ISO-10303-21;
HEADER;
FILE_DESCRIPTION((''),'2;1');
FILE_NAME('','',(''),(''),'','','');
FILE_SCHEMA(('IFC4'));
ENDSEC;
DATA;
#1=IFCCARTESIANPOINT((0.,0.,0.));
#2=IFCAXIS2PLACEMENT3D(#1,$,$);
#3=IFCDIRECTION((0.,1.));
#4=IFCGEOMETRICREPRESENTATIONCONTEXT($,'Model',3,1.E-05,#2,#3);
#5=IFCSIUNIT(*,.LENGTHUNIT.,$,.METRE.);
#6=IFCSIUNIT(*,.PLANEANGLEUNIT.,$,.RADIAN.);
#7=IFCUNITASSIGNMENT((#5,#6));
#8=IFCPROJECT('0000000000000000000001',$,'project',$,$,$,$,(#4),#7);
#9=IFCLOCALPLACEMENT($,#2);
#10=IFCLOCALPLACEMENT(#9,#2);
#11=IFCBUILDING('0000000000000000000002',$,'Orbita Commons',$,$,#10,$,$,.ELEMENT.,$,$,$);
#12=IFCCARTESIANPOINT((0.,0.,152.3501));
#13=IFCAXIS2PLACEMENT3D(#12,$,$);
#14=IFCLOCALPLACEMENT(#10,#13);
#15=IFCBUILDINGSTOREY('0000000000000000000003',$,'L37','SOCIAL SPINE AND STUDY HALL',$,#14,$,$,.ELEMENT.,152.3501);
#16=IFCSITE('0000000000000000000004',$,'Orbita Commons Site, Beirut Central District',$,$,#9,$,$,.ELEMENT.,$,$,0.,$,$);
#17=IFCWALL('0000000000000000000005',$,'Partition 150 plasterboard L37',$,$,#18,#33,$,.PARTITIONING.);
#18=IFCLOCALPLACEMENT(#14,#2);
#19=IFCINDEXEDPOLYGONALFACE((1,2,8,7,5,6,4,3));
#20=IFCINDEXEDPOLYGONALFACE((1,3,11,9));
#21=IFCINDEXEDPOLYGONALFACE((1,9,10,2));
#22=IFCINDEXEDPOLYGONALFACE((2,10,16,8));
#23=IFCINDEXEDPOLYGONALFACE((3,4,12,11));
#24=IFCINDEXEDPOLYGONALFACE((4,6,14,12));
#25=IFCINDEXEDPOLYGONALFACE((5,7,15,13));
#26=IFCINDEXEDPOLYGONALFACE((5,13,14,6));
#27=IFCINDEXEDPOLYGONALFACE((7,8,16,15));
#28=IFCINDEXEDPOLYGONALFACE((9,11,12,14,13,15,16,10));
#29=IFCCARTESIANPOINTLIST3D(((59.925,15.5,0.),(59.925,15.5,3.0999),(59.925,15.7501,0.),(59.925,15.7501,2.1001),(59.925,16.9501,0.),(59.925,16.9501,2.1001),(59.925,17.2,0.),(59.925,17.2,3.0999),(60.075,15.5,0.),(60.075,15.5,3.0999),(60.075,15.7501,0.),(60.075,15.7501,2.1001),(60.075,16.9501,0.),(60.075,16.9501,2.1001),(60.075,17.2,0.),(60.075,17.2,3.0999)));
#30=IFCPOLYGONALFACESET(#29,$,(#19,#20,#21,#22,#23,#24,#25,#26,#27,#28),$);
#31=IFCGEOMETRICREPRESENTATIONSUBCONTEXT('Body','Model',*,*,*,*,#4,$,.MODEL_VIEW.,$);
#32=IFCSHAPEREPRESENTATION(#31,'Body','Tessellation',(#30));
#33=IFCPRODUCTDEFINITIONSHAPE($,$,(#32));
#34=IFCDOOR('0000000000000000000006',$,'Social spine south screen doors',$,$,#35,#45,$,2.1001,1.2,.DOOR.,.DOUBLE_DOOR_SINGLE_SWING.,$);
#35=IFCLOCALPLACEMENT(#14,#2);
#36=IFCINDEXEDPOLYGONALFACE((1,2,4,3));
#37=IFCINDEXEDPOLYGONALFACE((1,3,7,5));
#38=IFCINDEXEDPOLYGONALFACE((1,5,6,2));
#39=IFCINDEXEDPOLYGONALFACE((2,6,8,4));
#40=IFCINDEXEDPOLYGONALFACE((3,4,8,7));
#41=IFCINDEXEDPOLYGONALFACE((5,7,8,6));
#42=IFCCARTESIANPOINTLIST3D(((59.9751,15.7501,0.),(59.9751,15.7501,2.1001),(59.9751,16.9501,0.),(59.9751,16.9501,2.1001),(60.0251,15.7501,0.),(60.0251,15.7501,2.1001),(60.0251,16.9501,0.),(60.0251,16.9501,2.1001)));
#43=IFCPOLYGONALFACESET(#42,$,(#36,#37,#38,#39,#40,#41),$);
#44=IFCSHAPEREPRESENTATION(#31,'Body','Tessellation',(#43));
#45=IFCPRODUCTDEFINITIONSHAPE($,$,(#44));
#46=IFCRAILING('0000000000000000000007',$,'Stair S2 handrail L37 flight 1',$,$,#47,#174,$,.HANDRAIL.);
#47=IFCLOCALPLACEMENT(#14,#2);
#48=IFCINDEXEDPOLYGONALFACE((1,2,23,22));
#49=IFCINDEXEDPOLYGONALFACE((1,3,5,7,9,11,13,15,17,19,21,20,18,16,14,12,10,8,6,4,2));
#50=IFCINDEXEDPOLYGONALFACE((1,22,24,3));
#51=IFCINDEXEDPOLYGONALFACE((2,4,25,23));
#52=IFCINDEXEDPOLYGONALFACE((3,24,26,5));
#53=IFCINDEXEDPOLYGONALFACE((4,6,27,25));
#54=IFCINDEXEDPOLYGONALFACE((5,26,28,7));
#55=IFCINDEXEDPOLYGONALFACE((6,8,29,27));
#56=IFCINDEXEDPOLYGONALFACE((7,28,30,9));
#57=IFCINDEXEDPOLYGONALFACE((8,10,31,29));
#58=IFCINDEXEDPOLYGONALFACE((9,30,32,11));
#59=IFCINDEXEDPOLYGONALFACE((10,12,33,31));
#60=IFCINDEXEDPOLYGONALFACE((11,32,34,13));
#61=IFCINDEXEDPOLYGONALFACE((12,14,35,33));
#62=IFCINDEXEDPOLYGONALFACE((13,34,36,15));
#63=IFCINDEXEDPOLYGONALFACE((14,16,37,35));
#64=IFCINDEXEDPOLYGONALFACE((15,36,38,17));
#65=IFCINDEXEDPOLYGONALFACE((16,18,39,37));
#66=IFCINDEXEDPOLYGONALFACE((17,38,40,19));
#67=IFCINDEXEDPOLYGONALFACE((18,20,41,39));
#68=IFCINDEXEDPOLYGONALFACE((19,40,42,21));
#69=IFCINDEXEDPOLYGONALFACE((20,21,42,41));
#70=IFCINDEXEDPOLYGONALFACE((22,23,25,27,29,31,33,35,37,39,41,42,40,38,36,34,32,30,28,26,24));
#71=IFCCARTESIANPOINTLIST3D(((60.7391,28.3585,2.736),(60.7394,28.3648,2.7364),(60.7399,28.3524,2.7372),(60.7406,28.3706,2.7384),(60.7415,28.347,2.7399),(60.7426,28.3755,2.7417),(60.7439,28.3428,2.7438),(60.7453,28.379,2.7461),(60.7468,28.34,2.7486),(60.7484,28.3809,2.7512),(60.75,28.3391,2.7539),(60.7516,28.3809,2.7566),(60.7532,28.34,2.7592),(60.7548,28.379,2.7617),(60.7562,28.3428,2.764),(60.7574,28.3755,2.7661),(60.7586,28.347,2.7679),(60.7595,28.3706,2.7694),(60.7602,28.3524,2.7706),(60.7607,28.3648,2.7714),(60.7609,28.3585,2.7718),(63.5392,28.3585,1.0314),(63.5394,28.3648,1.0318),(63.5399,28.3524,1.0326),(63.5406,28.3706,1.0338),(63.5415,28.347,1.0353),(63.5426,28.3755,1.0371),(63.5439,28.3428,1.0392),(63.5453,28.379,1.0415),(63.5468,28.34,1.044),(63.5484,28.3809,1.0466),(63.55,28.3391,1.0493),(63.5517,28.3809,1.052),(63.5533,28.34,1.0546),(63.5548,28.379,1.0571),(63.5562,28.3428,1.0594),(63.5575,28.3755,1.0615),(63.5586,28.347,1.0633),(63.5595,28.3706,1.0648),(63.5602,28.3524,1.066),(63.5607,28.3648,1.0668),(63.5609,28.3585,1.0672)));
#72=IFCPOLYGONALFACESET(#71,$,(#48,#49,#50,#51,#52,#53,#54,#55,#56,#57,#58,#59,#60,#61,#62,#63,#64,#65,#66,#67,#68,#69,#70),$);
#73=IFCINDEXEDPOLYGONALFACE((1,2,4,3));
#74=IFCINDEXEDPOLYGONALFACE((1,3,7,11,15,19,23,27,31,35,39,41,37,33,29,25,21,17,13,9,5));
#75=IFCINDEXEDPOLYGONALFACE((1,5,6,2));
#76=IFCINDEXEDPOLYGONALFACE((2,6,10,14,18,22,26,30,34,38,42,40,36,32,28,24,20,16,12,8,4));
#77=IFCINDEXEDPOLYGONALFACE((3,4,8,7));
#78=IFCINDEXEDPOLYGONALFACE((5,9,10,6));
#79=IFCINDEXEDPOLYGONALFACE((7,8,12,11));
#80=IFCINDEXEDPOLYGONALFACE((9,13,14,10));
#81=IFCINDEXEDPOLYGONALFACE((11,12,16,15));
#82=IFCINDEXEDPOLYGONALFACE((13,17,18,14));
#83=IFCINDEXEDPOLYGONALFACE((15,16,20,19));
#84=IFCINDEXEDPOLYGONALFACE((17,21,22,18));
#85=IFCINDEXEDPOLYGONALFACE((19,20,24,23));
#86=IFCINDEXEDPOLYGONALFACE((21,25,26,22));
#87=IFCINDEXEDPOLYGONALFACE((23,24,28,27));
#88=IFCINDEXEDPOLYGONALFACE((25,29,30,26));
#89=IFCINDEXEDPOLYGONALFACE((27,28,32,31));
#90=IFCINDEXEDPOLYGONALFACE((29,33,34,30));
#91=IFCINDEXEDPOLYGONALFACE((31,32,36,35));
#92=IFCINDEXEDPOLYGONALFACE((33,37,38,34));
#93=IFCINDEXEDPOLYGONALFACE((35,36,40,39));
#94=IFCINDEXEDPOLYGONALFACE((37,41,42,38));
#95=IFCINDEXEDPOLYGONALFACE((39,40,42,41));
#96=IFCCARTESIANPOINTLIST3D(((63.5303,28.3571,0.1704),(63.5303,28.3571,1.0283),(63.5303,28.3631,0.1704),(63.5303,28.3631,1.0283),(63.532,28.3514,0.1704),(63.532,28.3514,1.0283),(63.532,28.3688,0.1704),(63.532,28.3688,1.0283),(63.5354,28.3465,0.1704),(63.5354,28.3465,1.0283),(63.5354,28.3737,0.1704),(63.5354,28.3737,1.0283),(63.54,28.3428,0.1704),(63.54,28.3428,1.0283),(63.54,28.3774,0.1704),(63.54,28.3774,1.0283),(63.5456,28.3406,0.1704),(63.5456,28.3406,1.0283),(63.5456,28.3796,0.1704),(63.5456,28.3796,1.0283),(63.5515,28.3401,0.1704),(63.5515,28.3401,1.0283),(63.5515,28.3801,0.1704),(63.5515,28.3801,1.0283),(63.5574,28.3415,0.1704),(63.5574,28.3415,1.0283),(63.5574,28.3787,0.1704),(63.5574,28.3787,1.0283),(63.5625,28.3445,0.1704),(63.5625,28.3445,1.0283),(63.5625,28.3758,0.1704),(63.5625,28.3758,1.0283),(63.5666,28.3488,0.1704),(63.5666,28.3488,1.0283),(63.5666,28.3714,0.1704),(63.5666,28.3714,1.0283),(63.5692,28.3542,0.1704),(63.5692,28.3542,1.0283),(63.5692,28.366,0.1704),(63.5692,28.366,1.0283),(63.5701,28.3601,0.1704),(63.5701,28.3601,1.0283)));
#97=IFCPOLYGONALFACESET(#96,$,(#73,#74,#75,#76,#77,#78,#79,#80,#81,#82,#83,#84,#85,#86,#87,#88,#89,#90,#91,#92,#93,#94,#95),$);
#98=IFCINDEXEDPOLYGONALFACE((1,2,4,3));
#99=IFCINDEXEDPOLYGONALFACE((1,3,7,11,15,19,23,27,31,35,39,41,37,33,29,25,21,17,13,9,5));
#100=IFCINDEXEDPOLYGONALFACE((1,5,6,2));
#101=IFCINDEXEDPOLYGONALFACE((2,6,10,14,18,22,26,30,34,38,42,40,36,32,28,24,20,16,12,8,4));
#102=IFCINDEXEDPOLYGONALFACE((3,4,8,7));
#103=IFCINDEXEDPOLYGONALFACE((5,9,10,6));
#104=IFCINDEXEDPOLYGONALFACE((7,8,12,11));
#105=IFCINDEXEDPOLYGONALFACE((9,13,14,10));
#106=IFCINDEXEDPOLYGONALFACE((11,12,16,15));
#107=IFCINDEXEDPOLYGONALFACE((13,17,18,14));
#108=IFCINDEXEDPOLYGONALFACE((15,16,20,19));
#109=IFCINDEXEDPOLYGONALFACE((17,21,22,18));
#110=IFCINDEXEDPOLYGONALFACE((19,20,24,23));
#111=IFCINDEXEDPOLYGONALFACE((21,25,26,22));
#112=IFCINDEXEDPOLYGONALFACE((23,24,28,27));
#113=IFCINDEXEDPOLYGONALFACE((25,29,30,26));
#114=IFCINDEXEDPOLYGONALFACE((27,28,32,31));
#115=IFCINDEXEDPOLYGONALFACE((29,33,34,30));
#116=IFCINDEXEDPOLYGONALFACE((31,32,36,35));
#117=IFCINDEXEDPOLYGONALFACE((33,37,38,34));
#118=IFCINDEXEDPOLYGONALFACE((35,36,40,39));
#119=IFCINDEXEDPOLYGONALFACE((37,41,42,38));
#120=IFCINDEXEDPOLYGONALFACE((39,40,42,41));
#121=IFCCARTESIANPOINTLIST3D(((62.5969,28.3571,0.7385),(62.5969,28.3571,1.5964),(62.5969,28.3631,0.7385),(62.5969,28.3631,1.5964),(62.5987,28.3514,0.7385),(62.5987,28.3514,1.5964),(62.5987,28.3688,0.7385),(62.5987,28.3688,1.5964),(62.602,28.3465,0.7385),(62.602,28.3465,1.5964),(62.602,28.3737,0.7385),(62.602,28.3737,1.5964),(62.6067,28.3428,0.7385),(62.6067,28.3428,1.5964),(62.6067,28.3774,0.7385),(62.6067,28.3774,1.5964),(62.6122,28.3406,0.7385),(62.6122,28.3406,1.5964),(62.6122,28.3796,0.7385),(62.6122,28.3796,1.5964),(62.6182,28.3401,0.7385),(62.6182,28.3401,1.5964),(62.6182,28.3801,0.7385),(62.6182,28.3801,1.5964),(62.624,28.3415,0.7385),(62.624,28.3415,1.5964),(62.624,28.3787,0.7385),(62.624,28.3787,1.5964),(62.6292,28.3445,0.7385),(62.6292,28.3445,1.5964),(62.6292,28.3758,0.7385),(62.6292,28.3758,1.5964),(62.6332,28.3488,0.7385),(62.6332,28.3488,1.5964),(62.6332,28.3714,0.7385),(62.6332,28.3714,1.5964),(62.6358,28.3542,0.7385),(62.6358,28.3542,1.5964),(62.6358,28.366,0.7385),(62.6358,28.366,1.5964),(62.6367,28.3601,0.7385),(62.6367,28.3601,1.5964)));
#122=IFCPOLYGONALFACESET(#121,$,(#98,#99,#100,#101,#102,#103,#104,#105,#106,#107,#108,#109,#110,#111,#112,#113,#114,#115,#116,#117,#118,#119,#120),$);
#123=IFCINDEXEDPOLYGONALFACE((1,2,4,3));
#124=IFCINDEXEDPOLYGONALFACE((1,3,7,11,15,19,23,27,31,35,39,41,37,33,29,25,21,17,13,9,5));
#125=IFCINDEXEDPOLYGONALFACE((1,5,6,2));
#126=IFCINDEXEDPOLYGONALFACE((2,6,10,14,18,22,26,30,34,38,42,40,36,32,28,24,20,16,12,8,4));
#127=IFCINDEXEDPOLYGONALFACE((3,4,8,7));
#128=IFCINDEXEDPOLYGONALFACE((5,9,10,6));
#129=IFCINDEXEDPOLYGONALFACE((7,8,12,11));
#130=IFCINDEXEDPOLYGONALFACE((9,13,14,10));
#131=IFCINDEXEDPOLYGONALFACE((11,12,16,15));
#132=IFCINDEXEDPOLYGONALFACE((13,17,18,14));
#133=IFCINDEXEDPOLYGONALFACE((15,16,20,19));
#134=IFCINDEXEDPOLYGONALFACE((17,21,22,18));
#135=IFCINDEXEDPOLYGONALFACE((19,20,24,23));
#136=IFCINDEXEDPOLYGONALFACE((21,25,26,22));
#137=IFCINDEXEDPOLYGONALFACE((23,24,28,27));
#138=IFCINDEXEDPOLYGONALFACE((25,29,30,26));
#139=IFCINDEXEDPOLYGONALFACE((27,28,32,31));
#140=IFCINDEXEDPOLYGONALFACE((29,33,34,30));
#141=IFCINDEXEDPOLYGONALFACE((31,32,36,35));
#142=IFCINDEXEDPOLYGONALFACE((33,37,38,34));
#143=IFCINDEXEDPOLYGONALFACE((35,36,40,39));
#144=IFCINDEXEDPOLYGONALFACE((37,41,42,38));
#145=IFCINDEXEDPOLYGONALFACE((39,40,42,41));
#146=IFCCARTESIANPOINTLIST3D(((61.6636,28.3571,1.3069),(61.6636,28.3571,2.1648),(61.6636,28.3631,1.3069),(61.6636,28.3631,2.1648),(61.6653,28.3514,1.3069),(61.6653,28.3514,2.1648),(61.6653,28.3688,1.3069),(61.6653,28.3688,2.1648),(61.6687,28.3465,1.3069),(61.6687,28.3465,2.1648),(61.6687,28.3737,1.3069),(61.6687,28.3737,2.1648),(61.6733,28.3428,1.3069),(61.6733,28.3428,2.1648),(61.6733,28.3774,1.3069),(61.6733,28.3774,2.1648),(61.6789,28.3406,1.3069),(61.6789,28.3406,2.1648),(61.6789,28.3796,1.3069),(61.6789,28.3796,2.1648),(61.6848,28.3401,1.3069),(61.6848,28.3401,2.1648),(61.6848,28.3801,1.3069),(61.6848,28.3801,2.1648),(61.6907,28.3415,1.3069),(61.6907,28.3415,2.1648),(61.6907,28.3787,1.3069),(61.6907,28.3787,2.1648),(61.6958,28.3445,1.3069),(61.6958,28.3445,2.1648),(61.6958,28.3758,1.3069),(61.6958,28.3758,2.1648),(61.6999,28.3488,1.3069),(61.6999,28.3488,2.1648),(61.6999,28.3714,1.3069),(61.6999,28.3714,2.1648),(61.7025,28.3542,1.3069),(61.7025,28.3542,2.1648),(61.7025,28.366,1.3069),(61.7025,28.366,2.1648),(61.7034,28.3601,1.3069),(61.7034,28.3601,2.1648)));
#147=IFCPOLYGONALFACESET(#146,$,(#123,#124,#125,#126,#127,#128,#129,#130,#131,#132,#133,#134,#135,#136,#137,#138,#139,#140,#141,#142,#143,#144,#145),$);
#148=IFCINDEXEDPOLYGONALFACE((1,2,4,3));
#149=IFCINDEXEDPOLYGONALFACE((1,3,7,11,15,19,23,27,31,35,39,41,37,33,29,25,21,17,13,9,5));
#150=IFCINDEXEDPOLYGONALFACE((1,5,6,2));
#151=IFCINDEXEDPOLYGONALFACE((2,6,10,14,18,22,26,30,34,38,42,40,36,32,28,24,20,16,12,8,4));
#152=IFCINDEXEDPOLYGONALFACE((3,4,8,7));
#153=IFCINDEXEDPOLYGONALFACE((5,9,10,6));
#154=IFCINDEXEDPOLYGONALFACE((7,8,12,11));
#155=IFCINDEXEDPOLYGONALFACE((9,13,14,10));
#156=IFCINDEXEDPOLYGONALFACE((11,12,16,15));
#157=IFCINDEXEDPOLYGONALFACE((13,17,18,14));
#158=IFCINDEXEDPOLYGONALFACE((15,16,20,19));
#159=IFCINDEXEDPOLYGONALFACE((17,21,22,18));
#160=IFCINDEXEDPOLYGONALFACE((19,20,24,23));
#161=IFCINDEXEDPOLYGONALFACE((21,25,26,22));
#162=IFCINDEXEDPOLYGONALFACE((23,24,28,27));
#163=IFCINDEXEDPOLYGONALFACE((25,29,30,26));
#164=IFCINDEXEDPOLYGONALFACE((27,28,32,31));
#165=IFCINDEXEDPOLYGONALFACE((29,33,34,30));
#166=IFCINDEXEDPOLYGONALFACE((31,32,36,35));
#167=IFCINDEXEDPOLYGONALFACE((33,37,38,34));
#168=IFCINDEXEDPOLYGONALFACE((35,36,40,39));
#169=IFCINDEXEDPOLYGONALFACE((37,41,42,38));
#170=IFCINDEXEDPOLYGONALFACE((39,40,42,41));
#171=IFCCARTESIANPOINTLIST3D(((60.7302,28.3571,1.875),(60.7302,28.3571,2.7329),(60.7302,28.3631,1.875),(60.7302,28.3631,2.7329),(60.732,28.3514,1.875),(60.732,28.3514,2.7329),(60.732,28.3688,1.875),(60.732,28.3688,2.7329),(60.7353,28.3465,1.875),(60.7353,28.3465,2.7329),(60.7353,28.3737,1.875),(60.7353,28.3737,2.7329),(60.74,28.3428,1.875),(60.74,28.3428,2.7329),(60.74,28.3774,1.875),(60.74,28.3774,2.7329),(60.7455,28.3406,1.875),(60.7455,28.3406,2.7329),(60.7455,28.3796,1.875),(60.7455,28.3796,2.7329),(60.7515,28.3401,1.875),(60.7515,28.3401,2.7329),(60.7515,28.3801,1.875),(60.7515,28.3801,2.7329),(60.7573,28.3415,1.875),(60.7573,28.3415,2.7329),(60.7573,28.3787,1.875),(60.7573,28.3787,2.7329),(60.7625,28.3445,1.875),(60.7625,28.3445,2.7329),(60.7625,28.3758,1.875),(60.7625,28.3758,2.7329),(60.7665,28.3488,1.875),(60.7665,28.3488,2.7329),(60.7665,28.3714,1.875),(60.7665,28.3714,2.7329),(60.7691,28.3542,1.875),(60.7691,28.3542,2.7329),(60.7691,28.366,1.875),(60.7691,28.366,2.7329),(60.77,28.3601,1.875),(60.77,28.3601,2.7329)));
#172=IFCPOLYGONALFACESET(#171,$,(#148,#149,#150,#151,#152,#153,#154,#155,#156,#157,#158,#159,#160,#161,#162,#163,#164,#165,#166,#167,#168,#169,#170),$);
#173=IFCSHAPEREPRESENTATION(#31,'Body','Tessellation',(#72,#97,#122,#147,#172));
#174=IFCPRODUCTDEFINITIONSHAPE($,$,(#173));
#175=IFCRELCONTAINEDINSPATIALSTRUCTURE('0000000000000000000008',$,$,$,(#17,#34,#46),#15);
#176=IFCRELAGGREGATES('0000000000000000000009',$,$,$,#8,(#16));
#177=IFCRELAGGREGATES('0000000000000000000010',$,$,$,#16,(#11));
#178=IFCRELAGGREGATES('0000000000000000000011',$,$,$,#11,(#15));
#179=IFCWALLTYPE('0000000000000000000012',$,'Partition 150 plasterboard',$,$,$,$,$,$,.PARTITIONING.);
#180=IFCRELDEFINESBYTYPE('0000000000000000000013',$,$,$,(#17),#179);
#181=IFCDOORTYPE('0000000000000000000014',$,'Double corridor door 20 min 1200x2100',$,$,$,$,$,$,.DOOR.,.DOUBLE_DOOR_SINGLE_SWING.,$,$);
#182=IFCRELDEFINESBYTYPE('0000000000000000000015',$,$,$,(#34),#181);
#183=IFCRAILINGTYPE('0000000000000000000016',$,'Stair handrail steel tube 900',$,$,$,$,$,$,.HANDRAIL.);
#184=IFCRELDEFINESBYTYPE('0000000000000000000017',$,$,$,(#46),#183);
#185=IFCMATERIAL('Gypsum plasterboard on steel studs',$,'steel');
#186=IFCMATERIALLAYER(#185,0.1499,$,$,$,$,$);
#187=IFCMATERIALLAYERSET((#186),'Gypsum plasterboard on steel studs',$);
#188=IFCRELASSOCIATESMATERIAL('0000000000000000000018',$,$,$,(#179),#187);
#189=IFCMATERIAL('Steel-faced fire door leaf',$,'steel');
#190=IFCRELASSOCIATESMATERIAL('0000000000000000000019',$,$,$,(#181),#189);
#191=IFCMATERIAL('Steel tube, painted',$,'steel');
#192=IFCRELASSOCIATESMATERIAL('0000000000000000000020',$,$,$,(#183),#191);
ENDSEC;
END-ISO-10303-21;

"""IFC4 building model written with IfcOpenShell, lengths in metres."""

from ifc_helpers import new_model, si_unit, direction, frame, frame_2d, origin, origin_2d, place, context, subcontext, project, spatial, polyline, rectangle, circle, outline, extrude, material, layer, layer_set, type_object, element, fill, save


model = new_model("IFC4")

# Units and contexts
model_context = context("Model", 3, precision=1e-05, world=origin(), true_north=direction((0.0, 1.0)))
body_context = subcontext(model_context, "Body", "Model", "MODEL_VIEW")
ifc_project = project(units=[si_unit("LENGTHUNIT", "METRE"), si_unit("PLANEANGLEUNIT", "RADIAN")], contexts=[model_context])

# Site, building, storey
site_placement = place(None, origin())
site = spatial("IfcSite", under=ifc_project, at=site_placement, Name="Orbita Commons Site, Beirut Central District", CompositionType="ELEMENT", RefElevation=0.0)
building_placement = place(site_placement, origin())
building = spatial("IfcBuilding", under=site, at=building_placement, Name="Orbita Commons", CompositionType="ELEMENT")
storey_placement = place(building_placement, frame((0.0, 0.0, 152.3501)))
storey = spatial("IfcBuildingStorey", under=building, at=storey_placement, Name="L37", Description="SOCIAL SPINE AND STUDY HALL", CompositionType="ELEMENT", Elevation=152.3501)

# Wall, opening, door
ifc_material_1 = material(Name="Gypsum plasterboard on steel studs", Category="steel")
ifc_layer_1 = layer(ifc_material_1, 0.1499)
ifc_layer_set_1 = layer_set([ifc_layer_1], Name="Gypsum plasterboard on steel studs")
wall_type_1 = type_object("IfcWallType", Name="Partition 150 plasterboard", PredefinedType="PARTITIONING", material=ifc_layer_set_1)
wall_1_placement = place(storey_placement, frame((60.0, 15.5, 0.0), z_axis=(0.0, 0.0, 1.0), x_axis=(0.0, 1.0, 0.0)))
wall_1 = element("IfcWall", 1, at=wall_1_placement, inside=storey, type_object=wall_type_1, Name="Partition 150 plasterboard L37", PredefinedType="PARTITIONING", context=body_context, shape_type="SweptSolid", body=[
    extrude(outline(polyline([(0.0, 0.0), (1.7, 0.0), (1.7, 3.0999), (0.0, 3.0999), (0.0, 0.0)])), frame((0.0, 0.075, 0.0), z_axis=(0.0, -1.0, 0.0), x_axis=(1.0, 0.0, 0.0)), (0.0, 0.0, 1.0), 0.1499),
])
opening_1_placement = place(wall_1_placement, frame((0.25, 0.0, 0.0)))
opening_1 = element("IfcOpeningElement", 2, at=opening_1_placement, cuts=wall_1, PredefinedType="OPENING", context=body_context, shape_type="SweptSolid", body=[
    extrude(rectangle(XDim=1.2, YDim=2.1001, at=frame_2d((0.6001, 1.05))), frame((0.0, 0.085, 0.0), z_axis=(0.0, -1.0, 0.0), x_axis=(1.0, 0.0, 0.0)), (0.0, 0.0, 1.0), 0.1699),
])
ifc_material_2 = material(Name="Steel-faced fire door leaf", Category="steel")
door_type_1 = type_object("IfcDoorType", Name="Double corridor door 20 min 1200x2100", OperationType="DOUBLE_DOOR_SINGLE_SWING", PredefinedType="DOOR", material=ifc_material_2)
door_1_placement = place(opening_1_placement, origin())
door_1 = element("IfcDoor", 3, at=door_1_placement, inside=storey, type_object=door_type_1, Name="Social spine south screen doors", OperationType="DOUBLE_DOOR_SINGLE_SWING", OverallHeight=2.1001, OverallWidth=1.2, PredefinedType="DOOR", context=body_context, shape_type="SweptSolid", body=[
    extrude(rectangle(XDim=1.2, YDim=2.1001, at=frame_2d((0.6001, 1.05))), frame((0.0, 0.0249, 0.0), z_axis=(0.0, -1.0, 0.0), x_axis=(1.0, 0.0, 0.0)), (0.0, 0.0, 1.0), 0.05),
])
fill(opening_1, door_1)

# Railing
ifc_material_3 = material(Name="Steel tube, painted", Category="steel")
railing_type = type_object("IfcRailingType", Name="Stair handrail steel tube 900", PredefinedType="HANDRAIL", material=ifc_material_3)
railing_placement = place(storey_placement, frame((63.55, 28.3601, 0.1704)))
element("IfcRailing", 4, at=railing_placement, inside=storey, type_object=railing_type, Name="Stair S2 handrail L37 flight 1", PredefinedType="HANDRAIL", context=body_context, shape_type="SweptSolid", body=[
    extrude(circle(Radius=0.021, at=origin_2d()), frame((0.0, 0.0, 0.8789), z_axis=(-0.85417, 0.0, 0.519994), x_axis=(0.0, -1.0, 0.0)), (0.0, 0.0, 1.0), 3.2781),
    extrude(circle(Radius=0.02, at=origin_2d()), origin(), (0.0, 0.0, 1.0), 0.8579),
    extrude(circle(Radius=0.02, at=origin_2d()), frame((-0.9333, 0.0, 0.5681)), (0.0, 0.0, 1.0), 0.8579),
    extrude(circle(Radius=0.02, at=origin_2d()), frame((-1.8667, 0.0, 1.1365)), (0.0, 0.0, 1.0), 0.8579),
    extrude(circle(Radius=0.02, at=origin_2d()), frame((-2.8, 0.0, 1.7046)), (0.0, 0.0, 1.0), 0.8579),
])

save(model, "model.ifc")
